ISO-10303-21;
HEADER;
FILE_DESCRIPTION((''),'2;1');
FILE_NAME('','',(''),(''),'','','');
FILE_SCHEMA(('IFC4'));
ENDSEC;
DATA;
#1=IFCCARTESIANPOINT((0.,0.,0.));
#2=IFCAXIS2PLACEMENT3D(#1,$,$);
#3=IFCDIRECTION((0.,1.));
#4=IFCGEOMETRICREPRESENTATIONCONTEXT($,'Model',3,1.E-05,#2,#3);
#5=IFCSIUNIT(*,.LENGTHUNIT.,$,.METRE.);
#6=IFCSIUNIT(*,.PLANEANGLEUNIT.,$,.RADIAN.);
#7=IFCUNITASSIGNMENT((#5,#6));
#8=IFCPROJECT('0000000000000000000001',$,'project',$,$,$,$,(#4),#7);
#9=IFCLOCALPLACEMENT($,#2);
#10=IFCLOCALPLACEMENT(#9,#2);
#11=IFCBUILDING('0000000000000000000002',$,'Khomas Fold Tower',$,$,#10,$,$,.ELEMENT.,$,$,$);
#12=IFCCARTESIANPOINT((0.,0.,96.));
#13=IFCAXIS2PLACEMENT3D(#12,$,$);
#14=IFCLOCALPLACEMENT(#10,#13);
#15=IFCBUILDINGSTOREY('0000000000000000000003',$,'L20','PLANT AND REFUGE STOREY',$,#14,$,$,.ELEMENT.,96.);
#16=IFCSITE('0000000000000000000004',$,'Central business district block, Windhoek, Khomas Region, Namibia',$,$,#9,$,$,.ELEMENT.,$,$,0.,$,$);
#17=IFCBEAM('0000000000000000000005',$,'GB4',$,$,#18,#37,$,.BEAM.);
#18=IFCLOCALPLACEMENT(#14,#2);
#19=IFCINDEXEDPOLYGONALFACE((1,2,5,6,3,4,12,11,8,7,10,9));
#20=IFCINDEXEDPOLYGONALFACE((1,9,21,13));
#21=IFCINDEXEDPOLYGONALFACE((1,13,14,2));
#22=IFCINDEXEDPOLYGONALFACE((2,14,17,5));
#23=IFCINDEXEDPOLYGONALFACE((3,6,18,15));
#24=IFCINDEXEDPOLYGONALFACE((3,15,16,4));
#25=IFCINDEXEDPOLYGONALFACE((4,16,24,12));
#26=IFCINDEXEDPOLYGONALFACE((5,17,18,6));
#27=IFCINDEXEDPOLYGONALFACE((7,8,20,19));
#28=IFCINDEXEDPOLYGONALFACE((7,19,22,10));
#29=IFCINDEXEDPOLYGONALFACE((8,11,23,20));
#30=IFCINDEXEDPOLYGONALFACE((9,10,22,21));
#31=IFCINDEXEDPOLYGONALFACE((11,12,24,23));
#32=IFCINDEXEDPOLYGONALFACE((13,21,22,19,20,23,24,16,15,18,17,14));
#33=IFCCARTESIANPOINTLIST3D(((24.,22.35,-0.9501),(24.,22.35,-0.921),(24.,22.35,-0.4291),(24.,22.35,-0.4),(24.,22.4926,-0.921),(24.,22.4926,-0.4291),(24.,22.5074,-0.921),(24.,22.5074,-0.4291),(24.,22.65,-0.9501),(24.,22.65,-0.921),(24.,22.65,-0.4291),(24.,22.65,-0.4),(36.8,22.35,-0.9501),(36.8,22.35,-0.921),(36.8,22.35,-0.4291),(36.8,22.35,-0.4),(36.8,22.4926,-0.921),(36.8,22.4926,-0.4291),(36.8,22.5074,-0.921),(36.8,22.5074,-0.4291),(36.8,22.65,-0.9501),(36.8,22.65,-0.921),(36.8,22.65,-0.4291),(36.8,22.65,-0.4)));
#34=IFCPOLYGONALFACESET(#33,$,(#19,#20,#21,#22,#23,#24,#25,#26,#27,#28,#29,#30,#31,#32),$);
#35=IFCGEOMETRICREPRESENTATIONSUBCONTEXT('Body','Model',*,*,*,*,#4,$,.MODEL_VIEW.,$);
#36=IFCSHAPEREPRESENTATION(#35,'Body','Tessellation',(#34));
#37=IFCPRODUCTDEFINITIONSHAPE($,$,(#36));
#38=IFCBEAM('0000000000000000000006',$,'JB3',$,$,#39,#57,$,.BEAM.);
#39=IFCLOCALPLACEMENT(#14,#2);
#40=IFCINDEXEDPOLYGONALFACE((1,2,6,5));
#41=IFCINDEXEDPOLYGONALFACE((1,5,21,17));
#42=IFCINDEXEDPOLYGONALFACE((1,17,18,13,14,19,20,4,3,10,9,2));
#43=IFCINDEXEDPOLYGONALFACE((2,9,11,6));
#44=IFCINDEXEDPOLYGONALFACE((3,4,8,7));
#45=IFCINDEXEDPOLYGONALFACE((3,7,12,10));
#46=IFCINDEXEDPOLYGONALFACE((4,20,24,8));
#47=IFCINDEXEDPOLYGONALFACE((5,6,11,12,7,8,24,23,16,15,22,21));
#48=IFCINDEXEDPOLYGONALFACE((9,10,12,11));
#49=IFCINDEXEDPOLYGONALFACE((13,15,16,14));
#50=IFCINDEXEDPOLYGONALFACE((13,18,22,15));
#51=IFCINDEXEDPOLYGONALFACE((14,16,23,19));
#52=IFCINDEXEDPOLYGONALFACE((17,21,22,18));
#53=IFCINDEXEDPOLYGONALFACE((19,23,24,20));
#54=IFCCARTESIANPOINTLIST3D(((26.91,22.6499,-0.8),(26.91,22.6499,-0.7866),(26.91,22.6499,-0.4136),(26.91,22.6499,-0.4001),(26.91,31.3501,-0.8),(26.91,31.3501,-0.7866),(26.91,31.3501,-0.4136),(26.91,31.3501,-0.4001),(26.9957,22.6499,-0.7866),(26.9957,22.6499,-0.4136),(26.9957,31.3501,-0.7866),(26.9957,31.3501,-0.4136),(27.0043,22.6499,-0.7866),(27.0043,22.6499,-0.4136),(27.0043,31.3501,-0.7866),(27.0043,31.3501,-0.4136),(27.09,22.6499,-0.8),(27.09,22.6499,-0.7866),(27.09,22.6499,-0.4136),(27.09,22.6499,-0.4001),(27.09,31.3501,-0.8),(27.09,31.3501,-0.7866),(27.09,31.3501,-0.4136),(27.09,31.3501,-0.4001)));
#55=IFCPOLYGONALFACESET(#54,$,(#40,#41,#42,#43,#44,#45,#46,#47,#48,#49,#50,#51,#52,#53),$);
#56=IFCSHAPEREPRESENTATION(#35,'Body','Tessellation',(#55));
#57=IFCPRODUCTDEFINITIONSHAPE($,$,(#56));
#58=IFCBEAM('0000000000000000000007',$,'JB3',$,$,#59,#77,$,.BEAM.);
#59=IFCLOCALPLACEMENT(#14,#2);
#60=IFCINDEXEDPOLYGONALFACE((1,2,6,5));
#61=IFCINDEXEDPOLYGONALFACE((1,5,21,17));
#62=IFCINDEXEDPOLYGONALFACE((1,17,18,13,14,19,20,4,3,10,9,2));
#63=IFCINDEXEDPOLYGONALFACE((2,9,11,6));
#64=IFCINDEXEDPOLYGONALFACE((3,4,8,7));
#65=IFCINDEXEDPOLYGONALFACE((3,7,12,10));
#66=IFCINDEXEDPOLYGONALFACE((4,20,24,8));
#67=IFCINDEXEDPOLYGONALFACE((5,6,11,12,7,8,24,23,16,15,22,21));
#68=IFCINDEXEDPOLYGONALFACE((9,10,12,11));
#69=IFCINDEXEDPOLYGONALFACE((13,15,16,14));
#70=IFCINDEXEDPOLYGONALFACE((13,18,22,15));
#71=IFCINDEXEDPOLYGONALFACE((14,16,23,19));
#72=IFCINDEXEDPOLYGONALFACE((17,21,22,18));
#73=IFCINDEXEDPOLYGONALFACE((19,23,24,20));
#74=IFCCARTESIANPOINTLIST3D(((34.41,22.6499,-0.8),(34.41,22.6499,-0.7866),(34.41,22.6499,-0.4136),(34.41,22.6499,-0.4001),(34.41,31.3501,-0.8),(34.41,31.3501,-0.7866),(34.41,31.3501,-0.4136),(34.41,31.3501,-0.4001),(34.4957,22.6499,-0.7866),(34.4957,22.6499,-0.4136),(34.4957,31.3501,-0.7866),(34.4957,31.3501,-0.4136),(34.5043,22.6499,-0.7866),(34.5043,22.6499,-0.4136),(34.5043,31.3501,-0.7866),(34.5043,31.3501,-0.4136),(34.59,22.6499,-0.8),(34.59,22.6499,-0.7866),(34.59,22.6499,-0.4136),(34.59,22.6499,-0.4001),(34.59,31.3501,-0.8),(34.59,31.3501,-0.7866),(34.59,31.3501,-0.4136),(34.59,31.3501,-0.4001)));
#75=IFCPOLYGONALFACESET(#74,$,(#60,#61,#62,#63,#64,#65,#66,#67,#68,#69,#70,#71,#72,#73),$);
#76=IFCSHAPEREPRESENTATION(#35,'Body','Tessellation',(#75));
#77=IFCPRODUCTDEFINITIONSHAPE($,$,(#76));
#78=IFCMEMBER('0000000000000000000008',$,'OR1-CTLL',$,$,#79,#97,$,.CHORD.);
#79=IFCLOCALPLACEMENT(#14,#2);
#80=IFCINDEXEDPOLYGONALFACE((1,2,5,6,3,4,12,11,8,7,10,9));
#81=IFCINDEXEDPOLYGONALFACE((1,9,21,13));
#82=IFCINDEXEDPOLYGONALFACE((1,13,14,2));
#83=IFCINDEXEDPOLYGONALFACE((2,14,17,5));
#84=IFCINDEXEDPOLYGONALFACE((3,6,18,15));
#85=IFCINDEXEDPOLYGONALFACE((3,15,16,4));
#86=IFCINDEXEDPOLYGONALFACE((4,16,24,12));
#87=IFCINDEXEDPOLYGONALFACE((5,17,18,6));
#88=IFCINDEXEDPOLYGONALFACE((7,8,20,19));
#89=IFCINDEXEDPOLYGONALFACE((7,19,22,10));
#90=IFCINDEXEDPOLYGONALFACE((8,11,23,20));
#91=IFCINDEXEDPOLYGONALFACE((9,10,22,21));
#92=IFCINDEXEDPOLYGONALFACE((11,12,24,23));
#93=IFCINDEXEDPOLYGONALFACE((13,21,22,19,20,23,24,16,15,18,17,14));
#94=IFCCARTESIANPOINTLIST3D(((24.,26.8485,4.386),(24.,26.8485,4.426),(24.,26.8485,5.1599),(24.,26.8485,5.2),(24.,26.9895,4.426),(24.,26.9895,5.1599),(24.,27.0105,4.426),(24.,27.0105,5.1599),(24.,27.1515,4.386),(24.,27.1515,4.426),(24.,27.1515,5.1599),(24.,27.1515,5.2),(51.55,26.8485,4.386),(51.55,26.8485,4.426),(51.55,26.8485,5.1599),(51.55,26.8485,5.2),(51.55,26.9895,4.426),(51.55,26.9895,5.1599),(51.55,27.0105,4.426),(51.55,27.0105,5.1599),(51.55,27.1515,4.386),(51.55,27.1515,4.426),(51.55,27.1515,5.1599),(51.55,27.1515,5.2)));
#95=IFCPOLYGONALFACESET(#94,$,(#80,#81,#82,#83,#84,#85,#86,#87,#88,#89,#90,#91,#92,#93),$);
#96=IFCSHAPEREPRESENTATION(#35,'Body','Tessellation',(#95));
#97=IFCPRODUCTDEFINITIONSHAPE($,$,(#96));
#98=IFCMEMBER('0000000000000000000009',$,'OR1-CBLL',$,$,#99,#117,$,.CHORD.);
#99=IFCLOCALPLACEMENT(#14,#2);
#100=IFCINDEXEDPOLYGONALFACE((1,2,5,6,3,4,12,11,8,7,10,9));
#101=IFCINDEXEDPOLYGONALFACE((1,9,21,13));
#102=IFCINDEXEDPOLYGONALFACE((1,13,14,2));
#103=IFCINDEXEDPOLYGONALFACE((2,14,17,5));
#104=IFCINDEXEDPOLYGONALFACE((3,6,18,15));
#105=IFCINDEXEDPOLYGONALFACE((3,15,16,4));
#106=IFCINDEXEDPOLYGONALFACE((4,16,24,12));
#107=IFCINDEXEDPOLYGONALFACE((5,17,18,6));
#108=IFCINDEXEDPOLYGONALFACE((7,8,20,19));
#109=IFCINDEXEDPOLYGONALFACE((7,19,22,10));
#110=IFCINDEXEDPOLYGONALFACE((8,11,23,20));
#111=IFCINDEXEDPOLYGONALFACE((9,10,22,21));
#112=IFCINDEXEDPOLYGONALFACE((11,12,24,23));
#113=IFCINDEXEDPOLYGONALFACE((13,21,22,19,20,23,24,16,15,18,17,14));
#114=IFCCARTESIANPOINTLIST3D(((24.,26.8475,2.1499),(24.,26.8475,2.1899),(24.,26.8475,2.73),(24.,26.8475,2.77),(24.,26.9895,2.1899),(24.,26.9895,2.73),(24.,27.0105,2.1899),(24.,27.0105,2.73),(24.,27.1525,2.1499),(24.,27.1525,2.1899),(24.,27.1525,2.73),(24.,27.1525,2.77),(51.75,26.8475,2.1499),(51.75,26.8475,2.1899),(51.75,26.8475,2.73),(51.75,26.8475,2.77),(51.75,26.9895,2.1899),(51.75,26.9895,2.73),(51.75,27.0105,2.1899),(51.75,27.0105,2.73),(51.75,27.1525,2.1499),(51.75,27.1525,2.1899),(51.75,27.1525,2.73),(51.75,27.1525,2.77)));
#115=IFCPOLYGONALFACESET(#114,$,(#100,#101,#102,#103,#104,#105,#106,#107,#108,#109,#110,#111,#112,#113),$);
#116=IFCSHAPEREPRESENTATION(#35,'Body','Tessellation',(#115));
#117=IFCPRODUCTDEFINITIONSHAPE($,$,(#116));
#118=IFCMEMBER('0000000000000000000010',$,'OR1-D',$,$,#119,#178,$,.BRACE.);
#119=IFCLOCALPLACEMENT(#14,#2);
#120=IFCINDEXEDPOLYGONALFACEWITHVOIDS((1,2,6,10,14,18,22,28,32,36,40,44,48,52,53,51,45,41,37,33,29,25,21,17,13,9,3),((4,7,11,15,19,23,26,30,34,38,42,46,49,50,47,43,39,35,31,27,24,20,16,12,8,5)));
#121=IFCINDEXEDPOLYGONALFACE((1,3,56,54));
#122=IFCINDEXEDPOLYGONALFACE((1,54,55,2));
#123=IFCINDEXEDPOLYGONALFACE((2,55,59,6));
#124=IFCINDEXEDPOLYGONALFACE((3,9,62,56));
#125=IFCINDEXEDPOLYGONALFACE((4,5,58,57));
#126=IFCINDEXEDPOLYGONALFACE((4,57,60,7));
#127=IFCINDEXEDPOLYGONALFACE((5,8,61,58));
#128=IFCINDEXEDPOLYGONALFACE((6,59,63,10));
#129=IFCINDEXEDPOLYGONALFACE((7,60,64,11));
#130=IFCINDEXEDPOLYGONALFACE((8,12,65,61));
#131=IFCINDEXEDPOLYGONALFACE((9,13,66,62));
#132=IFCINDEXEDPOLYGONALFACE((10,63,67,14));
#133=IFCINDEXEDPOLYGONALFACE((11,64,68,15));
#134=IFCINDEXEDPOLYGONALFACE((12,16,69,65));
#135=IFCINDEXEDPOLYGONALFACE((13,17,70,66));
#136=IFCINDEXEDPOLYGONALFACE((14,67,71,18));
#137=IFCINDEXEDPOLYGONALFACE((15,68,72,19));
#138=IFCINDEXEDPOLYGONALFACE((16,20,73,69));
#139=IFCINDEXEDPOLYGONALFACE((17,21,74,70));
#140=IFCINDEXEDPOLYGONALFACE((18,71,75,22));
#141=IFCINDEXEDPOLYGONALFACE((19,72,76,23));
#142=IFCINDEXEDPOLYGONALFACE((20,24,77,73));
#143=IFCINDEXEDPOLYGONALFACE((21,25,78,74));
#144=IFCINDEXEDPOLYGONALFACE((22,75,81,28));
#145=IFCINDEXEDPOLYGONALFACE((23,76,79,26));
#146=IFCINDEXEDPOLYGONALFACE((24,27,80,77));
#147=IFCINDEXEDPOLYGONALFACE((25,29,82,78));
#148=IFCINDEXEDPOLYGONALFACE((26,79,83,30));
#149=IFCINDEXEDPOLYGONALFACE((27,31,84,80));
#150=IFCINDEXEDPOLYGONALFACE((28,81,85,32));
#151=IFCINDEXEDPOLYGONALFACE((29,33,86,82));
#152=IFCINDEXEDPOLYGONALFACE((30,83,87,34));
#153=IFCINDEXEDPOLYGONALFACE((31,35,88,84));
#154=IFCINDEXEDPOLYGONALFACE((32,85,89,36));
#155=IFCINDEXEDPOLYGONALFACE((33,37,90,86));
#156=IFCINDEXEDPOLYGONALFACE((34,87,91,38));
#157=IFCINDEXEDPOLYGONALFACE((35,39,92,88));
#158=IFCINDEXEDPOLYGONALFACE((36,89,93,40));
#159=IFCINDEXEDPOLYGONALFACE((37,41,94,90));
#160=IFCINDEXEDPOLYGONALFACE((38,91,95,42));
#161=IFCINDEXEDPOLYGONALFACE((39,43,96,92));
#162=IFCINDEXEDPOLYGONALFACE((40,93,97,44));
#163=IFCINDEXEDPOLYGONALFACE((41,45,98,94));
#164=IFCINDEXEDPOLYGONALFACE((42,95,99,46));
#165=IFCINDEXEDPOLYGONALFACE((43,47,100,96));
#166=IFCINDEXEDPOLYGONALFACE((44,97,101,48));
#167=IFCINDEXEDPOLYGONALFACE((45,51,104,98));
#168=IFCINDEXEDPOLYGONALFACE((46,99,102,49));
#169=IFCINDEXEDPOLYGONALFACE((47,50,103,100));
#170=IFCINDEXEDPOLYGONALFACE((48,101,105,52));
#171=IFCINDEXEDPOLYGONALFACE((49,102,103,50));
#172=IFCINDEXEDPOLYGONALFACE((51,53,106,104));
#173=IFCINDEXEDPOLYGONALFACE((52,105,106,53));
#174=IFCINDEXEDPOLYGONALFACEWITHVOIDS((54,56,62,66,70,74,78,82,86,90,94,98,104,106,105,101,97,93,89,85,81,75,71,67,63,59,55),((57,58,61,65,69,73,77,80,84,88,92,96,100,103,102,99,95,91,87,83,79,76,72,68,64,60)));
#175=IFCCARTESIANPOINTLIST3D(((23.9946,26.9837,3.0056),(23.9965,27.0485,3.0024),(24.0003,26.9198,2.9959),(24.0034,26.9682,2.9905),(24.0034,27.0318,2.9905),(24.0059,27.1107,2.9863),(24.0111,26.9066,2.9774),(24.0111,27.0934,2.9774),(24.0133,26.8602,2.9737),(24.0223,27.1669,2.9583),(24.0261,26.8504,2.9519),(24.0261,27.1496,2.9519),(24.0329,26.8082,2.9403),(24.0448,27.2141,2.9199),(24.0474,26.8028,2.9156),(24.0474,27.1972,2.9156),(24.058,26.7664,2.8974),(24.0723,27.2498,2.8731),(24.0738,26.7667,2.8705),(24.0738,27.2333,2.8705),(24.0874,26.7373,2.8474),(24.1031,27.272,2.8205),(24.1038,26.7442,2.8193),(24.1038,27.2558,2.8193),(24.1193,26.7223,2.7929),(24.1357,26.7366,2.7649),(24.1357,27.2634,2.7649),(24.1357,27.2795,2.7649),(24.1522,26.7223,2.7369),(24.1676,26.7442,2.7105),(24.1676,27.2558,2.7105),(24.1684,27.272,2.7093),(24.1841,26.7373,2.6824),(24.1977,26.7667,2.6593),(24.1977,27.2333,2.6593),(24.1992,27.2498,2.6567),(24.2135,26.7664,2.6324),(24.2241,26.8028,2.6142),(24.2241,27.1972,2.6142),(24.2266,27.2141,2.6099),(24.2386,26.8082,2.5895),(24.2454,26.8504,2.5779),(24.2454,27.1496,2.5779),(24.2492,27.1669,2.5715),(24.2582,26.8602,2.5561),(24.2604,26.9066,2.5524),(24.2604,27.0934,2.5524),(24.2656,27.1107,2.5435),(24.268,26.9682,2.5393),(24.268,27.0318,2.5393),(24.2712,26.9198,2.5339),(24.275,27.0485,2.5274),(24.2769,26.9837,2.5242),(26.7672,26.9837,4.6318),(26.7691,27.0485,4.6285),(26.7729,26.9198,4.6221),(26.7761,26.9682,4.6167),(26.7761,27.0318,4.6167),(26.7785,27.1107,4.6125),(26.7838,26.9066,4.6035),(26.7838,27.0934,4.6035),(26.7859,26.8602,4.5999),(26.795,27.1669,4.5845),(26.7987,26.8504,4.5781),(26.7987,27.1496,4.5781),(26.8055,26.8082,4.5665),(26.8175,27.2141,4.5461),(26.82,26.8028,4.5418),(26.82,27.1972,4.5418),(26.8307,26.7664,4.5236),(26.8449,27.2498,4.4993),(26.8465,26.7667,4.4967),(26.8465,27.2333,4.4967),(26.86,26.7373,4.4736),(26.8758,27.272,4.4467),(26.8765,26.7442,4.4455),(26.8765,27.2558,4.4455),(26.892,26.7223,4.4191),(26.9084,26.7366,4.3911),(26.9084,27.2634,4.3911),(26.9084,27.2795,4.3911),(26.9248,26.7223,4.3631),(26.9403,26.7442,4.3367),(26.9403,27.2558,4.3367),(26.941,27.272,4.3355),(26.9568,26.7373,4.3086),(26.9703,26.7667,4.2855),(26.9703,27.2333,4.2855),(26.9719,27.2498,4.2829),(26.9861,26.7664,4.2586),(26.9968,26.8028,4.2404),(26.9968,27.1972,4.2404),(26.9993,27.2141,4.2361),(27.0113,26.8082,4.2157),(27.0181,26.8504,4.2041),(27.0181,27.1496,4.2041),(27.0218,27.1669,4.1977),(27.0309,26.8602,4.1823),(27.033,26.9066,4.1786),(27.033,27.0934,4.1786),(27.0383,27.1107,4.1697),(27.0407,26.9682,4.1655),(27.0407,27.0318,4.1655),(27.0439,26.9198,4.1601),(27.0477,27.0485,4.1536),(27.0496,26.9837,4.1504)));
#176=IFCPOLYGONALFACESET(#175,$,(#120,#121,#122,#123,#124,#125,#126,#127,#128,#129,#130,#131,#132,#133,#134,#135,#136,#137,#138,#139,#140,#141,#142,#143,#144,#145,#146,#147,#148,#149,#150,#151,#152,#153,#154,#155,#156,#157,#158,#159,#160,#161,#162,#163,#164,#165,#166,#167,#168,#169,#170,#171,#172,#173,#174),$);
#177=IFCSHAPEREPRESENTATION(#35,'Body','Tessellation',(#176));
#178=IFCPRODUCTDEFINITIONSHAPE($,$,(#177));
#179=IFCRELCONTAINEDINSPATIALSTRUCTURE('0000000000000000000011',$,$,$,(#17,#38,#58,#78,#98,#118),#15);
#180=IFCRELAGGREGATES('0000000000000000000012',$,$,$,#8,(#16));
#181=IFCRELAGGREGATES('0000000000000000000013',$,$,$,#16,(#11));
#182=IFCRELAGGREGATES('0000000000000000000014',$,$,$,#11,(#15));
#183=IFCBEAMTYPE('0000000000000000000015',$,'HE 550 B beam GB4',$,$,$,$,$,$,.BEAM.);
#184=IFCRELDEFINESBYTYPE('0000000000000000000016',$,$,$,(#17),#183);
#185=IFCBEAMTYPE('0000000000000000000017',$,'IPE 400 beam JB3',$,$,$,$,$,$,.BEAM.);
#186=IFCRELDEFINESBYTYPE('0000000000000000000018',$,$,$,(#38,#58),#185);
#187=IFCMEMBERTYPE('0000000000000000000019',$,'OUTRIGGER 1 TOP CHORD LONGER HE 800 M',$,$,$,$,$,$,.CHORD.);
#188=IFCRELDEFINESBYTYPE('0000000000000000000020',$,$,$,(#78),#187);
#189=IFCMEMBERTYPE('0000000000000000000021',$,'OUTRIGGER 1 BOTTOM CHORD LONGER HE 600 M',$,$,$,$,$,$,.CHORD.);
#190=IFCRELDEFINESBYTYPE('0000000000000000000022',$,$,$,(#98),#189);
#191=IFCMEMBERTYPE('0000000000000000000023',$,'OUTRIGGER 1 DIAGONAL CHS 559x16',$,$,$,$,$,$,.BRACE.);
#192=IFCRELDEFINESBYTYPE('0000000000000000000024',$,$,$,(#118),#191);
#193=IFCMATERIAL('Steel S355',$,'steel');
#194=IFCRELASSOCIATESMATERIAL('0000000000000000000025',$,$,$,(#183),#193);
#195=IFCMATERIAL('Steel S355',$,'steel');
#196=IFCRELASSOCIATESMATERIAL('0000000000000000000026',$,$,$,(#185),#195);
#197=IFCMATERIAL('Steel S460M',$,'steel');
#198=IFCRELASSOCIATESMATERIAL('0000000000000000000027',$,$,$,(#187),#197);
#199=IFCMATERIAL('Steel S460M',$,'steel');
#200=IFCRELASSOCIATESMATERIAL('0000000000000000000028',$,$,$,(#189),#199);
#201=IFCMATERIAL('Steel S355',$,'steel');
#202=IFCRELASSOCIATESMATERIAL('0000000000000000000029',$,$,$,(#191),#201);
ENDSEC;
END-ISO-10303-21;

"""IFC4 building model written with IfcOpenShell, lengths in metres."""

from ifc_helpers import new_model, si_unit, direction, frame, origin, origin_2d, place, context, subcontext, project, spatial, hollow_circle, i_section, extrude, source, transform, mapped, material, material_profile, profile_set, type_object, element, save


model = new_model("IFC4")

# Units and contexts
model_context = context("Model", 3, precision=1e-05, world=origin(), true_north=direction((0.0, 1.0)))
body_context = subcontext(model_context, "Body", "Model", "MODEL_VIEW")
ifc_project = project(units=[si_unit("LENGTHUNIT", "METRE"), si_unit("PLANEANGLEUNIT", "RADIAN")], contexts=[model_context])

# Site, building, storey
site_placement = place(None, origin())
site = spatial("IfcSite", under=ifc_project, at=site_placement, Name="Central business district block, Windhoek, Khomas Region, Namibia", CompositionType="ELEMENT", RefElevation=0.0)
building_placement = place(site_placement, origin())
building = spatial("IfcBuilding", under=site, at=building_placement, Name="Khomas Fold Tower", CompositionType="ELEMENT")
storey_placement = place(building_placement, frame((0.0, 0.0, 96.0)))
storey = spatial("IfcBuildingStorey", under=building, at=storey_placement, Name="L20", Description="PLANT AND REFUGE STOREY", CompositionType="ELEMENT", Elevation=96.0)

# Beams
ifc_material_1 = material(Name="Steel S355", Category="steel")
ifc_material_profile_1 = material_profile(ifc_material_1, i_section(OverallWidth=0.3, OverallDepth=0.55, WebThickness=0.0149, FlangeThickness=0.0291, at=origin_2d()), Name="HE 550 B")
ifc_profile_set_1 = profile_set([ifc_material_profile_1], Name="Steel S355")
beam_type_1 = type_object("IfcBeamType", Name="HE 550 B beam GB4", PredefinedType="BEAM", material=ifc_profile_set_1)
shared_shape_1 = source(origin(), body_context, "Body", "SweptSolid", [
    extrude(i_section(OverallWidth=0.3, OverallDepth=0.55, WebThickness=0.0149, FlangeThickness=0.0291, at=origin_2d()), origin(), (0.0, 0.0, 1.0), 12.8),
])
beam_placement = place(storey_placement, frame((24.0, 22.5, -0.675), z_axis=(1.0, 0.0, 0.0), x_axis=(0.0, 1.0, 0.0)))
element("IfcBeam", 1, at=beam_placement, inside=storey, type_object=beam_type_1, Name="GB4", PredefinedType="BEAM", context=body_context, shape_type="MappedRepresentation", body=[
    mapped(shared_shape_1, transform((0.0, 0.0, 0.0))),
])
ifc_material_2 = material(Name="Steel S355", Category="steel")
ifc_material_profile_2 = material_profile(ifc_material_2, i_section(OverallWidth=0.1799, OverallDepth=0.3999, WebThickness=0.0085, FlangeThickness=0.0134, at=origin_2d()), Name="IPE 400")
ifc_profile_set_2 = profile_set([ifc_material_profile_2], Name="Steel S355")
beam_type_2 = type_object("IfcBeamType", Name="IPE 400 beam JB3", PredefinedType="BEAM", material=ifc_profile_set_2)
shared_shape_2 = source(origin(), body_context, "Body", "SweptSolid", [
    extrude(i_section(OverallWidth=0.1799, OverallDepth=0.3999, WebThickness=0.0085, FlangeThickness=0.0134, at=origin_2d()), origin(), (0.0, 0.0, 1.0), 8.7002),
])
for number, where, z_axis, x_axis, name in (
    (2, (27.0, 22.6499, -0.6001), (0.0, 1.0, 0.0), (-1.0, 0.0, 0.0), "JB3"),
    (3, (34.5, 22.6499, -0.6001), (0.0, 1.0, 0.0), (-1.0, 0.0, 0.0), "JB3"),
):
    element("IfcBeam", number, at=place(storey_placement, frame(where, z_axis=z_axis, x_axis=x_axis)), inside=storey, type_object=beam_type_2, Name=name, PredefinedType="BEAM", context=body_context, shape_type="MappedRepresentation", body=[
        mapped(shared_shape_2, transform((0.0, 0.0, 0.0))),
    ])

# Members
ifc_material_3 = material(Name="Steel S460M", Category="steel")
ifc_material_profile_3 = material_profile(ifc_material_3, i_section(OverallWidth=0.303, OverallDepth=0.814, WebThickness=0.021, FlangeThickness=0.04, at=origin_2d()), Name="HE 800 M")
ifc_profile_set_3 = profile_set([ifc_material_profile_3], Name="Steel S460M")
member_type_1 = type_object("IfcMemberType", Name="OUTRIGGER 1 TOP CHORD LONGER HE 800 M", PredefinedType="CHORD", material=ifc_profile_set_3)
shared_shape_3 = source(origin(), body_context, "Body", "SweptSolid", [
    extrude(i_section(OverallWidth=0.303, OverallDepth=0.814, WebThickness=0.021, FlangeThickness=0.04, at=origin_2d()), origin(), (0.0, 0.0, 1.0), 27.55),
])
member_1_placement = place(storey_placement, frame((24.0, 27.0, 4.793), z_axis=(1.0, 0.0, 0.0), x_axis=(0.0, 1.0, 0.0)))
element("IfcMember", 4, at=member_1_placement, inside=storey, type_object=member_type_1, Name="OR1-CTLL", PredefinedType="CHORD", context=body_context, shape_type="MappedRepresentation", body=[
    mapped(shared_shape_3, transform((0.0, 0.0, 0.0))),
])
ifc_material_4 = material(Name="Steel S460M", Category="steel")
ifc_material_profile_4 = material_profile(ifc_material_4, i_section(OverallWidth=0.3049, OverallDepth=0.6201, WebThickness=0.021, FlangeThickness=0.04, at=origin_2d()), Name="HE 600 M")
ifc_profile_set_4 = profile_set([ifc_material_profile_4], Name="Steel S460M")
member_type_2 = type_object("IfcMemberType", Name="OUTRIGGER 1 BOTTOM CHORD LONGER HE 600 M", PredefinedType="CHORD", material=ifc_profile_set_4)
shared_shape_4 = source(origin(), body_context, "Body", "SweptSolid", [
    extrude(i_section(OverallWidth=0.3049, OverallDepth=0.6201, WebThickness=0.021, FlangeThickness=0.04, at=origin_2d()), origin(), (0.0, 0.0, 1.0), 27.75),
])
member_2_placement = place(storey_placement, frame((24.0, 27.0, 2.46), z_axis=(1.0, 0.0, 0.0), x_axis=(0.0, 1.0, 0.0)))
element("IfcMember", 5, at=member_2_placement, inside=storey, type_object=member_type_2, Name="OR1-CBLL", PredefinedType="CHORD", context=body_context, shape_type="MappedRepresentation", body=[
    mapped(shared_shape_4, transform((0.0, 0.0, 0.0))),
])
ifc_material_5 = material(Name="Steel S355", Category="steel")
ifc_material_profile_5 = material_profile(ifc_material_5, hollow_circle(Radius=0.2795, WallThickness=0.0161, at=origin_2d()), Name="CHS 559x16")
ifc_profile_set_5 = profile_set([ifc_material_profile_5], Name="Steel S355")
member_type_3 = type_object("IfcMemberType", Name="OUTRIGGER 1 DIAGONAL CHS 559x16", PredefinedType="BRACE", material=ifc_profile_set_5)
shared_shape_5 = source(origin(), body_context, "Body", "SweptSolid", [
    extrude(hollow_circle(Radius=0.2795, WallThickness=0.0161, at=origin_2d()), origin(), (0.0, 0.0, 1.0), 3.2144),
])
member_3_placement = place(storey_placement, frame((24.1357, 27.0, 2.7649), z_axis=(0.862584, 0.0, 0.505914), x_axis=(0.0, 1.0, 0.0)))
element("IfcMember", 6, at=member_3_placement, inside=storey, type_object=member_type_3, Name="OR1-D", PredefinedType="BRACE", context=body_context, shape_type="MappedRepresentation", body=[
    mapped(shared_shape_5, transform((0.0, 0.0, 0.0))),
])

save(model, "model.ifc")
